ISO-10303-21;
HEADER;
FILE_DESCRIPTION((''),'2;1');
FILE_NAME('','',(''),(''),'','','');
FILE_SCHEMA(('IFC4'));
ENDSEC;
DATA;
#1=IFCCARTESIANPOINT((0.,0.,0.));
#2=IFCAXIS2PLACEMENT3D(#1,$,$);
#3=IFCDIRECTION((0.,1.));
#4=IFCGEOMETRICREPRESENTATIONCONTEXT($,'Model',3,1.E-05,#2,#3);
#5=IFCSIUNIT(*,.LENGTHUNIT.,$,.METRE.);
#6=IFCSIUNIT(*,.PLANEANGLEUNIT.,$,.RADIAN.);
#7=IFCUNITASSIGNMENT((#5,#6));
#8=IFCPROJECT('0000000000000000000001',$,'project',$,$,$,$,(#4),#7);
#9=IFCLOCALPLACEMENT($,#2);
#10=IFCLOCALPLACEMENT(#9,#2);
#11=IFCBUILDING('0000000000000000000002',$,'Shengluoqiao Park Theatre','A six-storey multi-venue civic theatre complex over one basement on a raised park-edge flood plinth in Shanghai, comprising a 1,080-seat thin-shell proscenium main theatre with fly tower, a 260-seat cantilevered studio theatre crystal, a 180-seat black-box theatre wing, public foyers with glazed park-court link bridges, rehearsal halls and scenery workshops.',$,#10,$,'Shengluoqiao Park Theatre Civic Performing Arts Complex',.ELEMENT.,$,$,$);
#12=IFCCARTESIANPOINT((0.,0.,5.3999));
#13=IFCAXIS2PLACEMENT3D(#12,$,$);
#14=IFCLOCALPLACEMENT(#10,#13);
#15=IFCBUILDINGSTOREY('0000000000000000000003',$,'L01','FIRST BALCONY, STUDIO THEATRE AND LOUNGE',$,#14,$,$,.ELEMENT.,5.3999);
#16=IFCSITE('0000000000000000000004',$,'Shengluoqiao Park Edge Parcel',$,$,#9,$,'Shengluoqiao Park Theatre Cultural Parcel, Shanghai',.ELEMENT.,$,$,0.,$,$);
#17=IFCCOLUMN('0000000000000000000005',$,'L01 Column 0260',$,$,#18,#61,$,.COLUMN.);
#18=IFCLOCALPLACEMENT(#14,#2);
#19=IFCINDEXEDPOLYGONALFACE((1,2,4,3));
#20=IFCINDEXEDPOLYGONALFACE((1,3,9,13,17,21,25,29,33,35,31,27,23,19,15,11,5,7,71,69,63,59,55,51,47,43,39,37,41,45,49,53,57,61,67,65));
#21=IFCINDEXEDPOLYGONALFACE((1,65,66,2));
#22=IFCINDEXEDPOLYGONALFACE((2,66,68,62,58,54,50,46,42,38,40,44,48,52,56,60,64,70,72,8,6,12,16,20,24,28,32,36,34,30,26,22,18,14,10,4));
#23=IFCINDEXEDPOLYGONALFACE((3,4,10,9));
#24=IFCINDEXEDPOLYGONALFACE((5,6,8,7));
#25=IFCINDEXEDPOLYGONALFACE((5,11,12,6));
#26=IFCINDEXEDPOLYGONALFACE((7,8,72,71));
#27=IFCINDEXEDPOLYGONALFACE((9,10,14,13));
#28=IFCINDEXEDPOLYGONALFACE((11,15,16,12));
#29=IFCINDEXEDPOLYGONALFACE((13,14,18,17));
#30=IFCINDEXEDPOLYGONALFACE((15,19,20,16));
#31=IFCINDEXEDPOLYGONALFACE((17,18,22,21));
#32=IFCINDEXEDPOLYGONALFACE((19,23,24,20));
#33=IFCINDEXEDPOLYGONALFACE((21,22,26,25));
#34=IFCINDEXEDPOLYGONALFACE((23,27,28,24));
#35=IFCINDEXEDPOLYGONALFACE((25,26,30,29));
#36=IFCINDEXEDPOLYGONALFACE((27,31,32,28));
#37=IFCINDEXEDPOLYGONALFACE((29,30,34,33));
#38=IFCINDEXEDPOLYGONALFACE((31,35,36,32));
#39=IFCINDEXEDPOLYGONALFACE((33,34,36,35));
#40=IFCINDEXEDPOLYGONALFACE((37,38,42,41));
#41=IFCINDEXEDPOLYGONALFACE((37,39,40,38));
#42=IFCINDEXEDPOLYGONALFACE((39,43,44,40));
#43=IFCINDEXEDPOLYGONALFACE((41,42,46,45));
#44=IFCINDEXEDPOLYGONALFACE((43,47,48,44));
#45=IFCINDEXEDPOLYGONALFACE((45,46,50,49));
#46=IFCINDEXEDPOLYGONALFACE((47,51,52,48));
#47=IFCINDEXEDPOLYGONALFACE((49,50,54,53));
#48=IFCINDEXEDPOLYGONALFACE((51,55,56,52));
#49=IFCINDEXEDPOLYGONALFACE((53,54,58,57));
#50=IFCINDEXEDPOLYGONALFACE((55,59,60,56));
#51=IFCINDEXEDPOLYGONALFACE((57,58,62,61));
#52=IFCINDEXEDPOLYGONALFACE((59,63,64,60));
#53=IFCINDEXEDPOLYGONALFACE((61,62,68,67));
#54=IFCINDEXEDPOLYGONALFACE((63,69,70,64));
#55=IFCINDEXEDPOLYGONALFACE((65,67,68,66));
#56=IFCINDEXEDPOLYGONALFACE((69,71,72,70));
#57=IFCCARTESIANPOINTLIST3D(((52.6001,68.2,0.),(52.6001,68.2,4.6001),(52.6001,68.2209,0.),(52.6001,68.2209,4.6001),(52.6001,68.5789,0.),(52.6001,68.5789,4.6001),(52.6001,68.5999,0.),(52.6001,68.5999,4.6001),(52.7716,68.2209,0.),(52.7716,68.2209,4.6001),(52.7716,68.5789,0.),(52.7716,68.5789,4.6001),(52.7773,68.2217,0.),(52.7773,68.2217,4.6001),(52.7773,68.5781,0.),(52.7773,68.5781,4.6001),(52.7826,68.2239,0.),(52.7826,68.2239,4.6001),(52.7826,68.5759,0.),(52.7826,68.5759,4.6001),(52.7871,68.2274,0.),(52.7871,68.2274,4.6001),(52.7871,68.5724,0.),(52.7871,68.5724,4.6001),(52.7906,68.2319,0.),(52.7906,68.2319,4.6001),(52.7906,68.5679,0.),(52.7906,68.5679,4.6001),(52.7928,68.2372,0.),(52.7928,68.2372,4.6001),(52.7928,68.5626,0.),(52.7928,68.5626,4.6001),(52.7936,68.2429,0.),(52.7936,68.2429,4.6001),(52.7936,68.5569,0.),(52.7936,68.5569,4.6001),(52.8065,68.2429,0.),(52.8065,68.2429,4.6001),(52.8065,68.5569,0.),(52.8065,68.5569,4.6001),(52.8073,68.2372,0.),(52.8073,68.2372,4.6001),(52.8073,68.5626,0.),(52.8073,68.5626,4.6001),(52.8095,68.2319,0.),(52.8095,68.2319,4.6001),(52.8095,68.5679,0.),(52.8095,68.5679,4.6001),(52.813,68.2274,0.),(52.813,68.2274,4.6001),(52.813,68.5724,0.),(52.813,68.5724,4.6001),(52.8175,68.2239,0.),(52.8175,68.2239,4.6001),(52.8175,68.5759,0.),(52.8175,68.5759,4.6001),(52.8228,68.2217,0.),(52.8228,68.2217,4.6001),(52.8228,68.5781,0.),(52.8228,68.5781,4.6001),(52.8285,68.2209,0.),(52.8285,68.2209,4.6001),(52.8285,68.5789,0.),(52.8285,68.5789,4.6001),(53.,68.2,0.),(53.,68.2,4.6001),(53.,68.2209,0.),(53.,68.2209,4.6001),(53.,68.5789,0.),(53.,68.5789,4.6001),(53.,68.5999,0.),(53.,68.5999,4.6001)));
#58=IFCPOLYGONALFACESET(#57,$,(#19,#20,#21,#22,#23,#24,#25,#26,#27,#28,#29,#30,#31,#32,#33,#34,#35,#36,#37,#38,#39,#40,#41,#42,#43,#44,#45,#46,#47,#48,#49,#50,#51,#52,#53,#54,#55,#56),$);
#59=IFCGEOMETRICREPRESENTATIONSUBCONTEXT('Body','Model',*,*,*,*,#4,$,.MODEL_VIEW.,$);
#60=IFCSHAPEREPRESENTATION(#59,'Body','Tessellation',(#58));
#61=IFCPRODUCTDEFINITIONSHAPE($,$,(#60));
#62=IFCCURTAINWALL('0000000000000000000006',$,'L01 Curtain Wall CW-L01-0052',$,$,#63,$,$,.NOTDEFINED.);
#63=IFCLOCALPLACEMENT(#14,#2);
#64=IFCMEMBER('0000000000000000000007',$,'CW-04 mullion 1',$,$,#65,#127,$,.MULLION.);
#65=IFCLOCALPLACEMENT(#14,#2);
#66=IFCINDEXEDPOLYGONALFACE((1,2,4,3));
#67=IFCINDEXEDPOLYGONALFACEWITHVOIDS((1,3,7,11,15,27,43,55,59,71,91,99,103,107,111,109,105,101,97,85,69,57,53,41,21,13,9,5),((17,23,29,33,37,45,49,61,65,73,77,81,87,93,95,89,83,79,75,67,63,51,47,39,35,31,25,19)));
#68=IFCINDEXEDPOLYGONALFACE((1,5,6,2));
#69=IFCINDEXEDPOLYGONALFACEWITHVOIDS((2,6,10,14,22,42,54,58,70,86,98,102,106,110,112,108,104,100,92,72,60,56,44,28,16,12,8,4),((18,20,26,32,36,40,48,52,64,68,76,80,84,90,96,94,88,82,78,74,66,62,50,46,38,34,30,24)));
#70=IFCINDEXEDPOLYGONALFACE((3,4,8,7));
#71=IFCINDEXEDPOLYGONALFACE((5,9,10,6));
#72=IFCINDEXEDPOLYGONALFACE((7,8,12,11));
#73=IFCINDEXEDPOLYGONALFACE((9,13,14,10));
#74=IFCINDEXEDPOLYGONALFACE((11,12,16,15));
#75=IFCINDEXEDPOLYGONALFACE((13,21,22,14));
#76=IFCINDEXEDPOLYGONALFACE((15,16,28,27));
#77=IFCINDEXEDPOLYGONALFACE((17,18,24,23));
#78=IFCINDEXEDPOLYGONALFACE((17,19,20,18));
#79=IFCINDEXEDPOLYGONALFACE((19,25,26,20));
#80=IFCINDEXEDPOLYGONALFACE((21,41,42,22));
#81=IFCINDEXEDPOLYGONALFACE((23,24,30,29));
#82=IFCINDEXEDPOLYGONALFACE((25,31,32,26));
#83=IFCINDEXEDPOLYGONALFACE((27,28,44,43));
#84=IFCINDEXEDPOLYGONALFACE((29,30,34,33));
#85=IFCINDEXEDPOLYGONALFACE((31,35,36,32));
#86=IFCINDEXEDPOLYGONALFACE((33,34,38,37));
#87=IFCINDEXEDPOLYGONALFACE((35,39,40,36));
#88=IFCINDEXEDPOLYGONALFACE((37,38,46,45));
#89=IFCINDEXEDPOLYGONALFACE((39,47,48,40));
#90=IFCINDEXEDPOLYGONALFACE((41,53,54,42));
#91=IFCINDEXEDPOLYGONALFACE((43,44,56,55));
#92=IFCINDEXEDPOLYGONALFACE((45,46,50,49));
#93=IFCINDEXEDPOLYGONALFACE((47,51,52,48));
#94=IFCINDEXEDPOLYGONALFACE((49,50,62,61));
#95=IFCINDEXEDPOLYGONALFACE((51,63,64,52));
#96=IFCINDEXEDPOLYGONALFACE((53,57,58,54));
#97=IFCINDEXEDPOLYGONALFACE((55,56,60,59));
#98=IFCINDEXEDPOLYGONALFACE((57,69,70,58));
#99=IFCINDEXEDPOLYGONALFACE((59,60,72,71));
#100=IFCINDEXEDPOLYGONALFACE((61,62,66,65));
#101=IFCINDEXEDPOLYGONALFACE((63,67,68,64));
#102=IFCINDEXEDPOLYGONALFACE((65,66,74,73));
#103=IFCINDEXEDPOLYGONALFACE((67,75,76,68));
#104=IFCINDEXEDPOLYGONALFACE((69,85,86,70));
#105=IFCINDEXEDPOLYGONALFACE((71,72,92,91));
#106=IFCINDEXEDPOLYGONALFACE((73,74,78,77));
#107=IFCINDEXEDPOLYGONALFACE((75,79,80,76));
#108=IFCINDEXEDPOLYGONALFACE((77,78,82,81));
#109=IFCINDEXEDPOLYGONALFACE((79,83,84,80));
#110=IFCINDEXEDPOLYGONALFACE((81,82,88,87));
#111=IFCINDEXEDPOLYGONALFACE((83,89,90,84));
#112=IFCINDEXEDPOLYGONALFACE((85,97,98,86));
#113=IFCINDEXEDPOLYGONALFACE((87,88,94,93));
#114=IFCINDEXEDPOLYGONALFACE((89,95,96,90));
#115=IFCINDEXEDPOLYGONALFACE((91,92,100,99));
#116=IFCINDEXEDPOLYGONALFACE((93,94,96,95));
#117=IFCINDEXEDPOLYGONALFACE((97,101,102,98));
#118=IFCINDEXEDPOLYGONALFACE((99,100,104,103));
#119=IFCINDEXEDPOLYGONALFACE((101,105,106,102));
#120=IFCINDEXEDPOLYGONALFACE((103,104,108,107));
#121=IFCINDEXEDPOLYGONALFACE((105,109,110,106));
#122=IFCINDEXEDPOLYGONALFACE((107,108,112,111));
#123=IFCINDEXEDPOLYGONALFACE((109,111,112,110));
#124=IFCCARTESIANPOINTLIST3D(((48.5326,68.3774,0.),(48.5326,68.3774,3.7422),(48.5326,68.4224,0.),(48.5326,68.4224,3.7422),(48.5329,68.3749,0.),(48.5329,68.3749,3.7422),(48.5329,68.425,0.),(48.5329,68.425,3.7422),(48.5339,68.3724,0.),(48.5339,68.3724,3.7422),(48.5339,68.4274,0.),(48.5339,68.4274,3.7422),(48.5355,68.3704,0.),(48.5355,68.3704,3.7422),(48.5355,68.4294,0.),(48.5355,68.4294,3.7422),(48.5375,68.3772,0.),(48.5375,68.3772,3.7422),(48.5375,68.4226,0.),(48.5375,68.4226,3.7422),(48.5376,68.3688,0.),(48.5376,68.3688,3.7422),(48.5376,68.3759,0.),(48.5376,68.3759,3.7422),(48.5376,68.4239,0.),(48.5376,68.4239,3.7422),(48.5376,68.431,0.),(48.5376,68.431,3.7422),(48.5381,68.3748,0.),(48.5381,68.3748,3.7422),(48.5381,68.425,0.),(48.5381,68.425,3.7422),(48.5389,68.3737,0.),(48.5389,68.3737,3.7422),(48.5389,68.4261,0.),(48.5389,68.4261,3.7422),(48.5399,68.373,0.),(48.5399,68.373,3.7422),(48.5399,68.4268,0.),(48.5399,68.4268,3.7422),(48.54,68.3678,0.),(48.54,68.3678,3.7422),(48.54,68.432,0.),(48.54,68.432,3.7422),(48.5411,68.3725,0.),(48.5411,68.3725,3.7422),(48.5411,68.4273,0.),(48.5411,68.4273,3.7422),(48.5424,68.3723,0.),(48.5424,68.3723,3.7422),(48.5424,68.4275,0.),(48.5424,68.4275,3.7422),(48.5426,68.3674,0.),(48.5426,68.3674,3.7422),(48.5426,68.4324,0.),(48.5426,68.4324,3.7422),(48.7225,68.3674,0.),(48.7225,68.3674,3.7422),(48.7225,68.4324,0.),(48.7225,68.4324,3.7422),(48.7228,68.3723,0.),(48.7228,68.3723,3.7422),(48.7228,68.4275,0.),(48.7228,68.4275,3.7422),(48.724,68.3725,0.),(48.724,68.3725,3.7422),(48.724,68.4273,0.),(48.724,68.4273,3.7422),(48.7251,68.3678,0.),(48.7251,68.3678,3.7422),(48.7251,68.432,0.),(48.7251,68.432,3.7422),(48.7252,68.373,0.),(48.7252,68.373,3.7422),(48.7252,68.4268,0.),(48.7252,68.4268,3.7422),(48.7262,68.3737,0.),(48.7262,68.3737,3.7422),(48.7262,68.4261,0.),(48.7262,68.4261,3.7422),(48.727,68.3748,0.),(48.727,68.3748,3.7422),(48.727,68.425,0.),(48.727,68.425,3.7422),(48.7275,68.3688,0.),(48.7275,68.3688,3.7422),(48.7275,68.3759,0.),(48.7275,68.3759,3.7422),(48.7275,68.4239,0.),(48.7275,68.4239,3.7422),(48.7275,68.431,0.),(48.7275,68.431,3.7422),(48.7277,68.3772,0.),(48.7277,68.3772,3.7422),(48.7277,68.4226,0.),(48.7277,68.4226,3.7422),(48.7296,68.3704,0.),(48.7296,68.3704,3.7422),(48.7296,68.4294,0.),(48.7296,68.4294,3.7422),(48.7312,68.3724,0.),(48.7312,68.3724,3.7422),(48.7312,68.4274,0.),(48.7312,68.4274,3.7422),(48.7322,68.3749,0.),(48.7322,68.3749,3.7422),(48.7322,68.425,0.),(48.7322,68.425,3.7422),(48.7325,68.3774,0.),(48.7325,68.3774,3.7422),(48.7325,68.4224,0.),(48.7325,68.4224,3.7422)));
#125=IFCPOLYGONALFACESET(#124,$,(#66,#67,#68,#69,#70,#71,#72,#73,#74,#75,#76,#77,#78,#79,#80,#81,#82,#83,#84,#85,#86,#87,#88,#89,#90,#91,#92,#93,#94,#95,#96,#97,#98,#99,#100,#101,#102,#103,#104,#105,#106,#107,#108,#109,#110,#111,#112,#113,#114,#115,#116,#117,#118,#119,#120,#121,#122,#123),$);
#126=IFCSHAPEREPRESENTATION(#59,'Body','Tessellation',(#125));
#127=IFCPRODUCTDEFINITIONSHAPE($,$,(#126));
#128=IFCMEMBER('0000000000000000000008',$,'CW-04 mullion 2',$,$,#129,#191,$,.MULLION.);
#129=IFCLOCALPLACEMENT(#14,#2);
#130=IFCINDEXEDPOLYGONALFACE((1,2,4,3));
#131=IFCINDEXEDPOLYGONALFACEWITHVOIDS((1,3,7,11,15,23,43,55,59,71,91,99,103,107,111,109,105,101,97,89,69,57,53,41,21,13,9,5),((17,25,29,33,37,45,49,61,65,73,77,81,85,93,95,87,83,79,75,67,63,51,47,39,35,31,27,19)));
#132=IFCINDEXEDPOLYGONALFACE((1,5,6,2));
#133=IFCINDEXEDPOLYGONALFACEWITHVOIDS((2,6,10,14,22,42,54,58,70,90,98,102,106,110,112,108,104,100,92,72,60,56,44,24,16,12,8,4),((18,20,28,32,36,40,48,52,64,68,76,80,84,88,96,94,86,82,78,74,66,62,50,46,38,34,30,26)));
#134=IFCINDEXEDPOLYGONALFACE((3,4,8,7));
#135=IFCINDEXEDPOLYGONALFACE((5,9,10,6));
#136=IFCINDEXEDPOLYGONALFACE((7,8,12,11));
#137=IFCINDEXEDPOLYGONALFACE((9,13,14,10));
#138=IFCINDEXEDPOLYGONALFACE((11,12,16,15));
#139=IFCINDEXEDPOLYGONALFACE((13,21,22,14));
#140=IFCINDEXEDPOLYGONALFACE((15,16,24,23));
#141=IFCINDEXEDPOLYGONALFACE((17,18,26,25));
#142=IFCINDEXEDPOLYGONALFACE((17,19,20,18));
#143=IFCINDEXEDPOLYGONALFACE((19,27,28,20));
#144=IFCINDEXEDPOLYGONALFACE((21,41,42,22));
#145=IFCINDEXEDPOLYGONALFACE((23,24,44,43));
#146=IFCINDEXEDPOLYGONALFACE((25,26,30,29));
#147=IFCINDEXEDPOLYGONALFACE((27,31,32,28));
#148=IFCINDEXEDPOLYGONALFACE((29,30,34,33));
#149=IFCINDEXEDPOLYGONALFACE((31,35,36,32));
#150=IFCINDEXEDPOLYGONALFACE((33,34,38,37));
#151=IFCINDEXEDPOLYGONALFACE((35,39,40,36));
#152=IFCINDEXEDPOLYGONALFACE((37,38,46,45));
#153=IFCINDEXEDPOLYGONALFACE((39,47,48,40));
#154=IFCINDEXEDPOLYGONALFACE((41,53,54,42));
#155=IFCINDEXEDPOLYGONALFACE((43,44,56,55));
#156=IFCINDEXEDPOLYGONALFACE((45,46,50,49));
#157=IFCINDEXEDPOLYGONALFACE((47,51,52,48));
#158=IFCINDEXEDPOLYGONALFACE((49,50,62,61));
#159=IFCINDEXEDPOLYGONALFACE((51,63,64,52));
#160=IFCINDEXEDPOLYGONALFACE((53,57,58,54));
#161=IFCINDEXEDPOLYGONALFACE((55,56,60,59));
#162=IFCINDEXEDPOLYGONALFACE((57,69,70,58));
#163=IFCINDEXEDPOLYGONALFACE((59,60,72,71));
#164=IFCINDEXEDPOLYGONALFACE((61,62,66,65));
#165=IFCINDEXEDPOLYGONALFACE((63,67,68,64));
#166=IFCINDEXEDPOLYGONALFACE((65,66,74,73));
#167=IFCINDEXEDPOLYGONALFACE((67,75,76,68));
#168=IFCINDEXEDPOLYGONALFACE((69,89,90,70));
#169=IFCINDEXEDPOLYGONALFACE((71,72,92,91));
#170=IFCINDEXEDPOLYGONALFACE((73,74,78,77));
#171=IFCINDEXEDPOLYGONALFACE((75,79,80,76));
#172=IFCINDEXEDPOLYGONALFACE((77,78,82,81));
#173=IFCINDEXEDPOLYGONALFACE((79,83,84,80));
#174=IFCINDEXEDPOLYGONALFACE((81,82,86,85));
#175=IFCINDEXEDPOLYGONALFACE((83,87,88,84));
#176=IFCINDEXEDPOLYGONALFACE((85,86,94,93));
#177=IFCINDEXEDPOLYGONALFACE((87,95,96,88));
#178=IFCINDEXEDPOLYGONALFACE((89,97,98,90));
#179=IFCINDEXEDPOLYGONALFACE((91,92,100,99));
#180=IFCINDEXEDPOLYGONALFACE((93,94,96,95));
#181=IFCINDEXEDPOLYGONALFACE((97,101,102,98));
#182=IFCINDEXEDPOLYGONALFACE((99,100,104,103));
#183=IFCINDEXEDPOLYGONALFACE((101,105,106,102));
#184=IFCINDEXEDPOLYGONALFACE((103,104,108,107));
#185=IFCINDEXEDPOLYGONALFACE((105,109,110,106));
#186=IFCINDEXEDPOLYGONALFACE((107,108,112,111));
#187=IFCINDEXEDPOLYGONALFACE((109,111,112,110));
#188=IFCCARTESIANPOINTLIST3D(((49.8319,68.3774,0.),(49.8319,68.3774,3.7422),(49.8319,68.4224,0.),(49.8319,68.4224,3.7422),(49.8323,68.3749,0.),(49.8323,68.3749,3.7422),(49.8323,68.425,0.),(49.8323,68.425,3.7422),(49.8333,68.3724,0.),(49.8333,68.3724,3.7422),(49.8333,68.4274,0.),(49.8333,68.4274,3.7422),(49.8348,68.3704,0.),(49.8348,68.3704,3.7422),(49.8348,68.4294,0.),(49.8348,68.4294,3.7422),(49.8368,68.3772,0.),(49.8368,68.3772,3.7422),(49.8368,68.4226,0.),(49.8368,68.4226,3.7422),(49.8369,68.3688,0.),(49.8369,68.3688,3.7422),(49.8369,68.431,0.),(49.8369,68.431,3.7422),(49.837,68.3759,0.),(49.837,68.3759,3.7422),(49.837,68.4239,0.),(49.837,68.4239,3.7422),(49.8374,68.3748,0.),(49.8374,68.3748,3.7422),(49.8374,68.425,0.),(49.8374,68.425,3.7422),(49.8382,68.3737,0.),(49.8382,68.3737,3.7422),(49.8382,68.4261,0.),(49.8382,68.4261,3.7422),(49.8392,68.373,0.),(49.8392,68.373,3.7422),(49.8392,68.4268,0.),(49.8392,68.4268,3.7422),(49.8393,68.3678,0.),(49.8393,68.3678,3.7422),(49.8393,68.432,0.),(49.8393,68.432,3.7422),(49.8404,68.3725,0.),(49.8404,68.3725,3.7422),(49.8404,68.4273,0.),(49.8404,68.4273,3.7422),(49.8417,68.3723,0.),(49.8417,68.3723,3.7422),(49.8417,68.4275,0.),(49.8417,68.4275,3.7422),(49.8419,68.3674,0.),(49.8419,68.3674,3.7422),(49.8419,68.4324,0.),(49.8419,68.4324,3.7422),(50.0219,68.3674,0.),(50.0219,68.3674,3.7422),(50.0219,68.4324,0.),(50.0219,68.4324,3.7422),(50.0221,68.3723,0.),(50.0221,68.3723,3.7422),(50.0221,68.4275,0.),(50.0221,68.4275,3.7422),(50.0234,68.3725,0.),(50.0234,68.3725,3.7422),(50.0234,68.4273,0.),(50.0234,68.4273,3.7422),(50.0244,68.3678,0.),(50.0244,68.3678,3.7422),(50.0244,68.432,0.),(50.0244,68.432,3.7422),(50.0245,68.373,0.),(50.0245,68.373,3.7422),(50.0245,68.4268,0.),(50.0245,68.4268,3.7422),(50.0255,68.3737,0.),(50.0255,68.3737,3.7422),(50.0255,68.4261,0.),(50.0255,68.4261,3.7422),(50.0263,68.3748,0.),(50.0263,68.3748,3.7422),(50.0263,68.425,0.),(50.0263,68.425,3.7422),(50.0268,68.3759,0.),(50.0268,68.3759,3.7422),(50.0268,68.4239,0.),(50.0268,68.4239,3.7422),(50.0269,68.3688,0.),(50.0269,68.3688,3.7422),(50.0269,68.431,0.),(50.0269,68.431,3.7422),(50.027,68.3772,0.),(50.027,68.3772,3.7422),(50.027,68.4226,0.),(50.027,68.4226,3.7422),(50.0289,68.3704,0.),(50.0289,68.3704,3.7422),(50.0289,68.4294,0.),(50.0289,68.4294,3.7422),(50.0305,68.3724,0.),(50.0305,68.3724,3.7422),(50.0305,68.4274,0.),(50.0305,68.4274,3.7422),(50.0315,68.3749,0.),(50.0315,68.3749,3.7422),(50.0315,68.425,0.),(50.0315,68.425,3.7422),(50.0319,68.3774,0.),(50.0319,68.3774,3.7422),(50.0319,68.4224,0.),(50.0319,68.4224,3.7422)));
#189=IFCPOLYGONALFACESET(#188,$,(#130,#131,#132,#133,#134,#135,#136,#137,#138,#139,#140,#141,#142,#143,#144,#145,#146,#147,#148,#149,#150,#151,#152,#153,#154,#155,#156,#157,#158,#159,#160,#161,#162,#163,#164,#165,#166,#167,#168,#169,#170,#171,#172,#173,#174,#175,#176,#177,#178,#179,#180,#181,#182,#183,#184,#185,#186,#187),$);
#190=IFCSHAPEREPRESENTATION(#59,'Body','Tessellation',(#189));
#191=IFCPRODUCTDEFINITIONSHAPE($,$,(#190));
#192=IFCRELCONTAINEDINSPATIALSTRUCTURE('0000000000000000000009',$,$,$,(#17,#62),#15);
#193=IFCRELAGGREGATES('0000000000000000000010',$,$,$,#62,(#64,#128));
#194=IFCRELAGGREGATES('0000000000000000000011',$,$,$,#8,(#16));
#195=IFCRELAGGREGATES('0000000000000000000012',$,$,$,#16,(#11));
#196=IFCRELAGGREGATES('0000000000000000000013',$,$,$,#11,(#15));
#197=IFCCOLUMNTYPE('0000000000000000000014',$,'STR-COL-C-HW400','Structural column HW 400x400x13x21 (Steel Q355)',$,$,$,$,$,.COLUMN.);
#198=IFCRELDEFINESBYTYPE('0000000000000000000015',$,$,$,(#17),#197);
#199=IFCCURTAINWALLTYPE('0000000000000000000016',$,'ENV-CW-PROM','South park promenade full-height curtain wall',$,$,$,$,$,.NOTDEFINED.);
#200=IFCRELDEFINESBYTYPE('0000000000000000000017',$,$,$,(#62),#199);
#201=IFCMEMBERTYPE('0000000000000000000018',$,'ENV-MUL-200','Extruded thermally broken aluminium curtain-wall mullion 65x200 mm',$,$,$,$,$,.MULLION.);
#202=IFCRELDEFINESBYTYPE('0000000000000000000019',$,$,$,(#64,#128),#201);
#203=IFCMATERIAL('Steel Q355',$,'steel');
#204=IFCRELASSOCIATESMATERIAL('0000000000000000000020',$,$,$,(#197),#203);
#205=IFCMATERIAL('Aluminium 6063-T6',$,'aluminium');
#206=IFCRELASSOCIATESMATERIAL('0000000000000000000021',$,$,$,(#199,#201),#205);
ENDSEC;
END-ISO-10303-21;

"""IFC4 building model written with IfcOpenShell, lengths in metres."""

from ifc_helpers import new_model, si_unit, direction, frame, origin, origin_2d, place, context, subcontext, project, spatial, hollow_rectangle, i_section, extrude, material, material_profile, profile_set, type_object, element, aggregate, save


model = new_model("IFC4")

# Units and contexts
model_context = context("Model", 3, precision=1e-05, world=origin(), true_north=direction((0.0, 1.0)))
body_context = subcontext(model_context, "Body", "Model", "MODEL_VIEW")
ifc_project = project(units=[si_unit("LENGTHUNIT", "METRE"), si_unit("PLANEANGLEUNIT", "RADIAN")], contexts=[model_context])

# Site, building, storey
site_placement = place(None, origin())
site = spatial("IfcSite", under=ifc_project, at=site_placement, Name="Shengluoqiao Park Edge Parcel", LongName="Shengluoqiao Park Theatre Cultural Parcel, Shanghai", CompositionType="ELEMENT", RefElevation=0.0)
building_placement = place(site_placement, origin())
building = spatial("IfcBuilding", under=site, at=building_placement, Name="Shengluoqiao Park Theatre", Description="A six-storey multi-venue civic theatre complex over one basement on a raised park-edge flood plinth in Shanghai, comprising a 1,080-seat thin-shell proscenium main theatre with fly tower, a 260-seat cantilevered studio theatre crystal, a 180-seat black-box theatre wing, public foyers with glazed park-court link bridges, rehearsal halls and scenery workshops.", LongName="Shengluoqiao Park Theatre Civic Performing Arts Complex", CompositionType="ELEMENT")
storey_placement = place(building_placement, frame((0.0, 0.0, 5.3999)))
storey = spatial("IfcBuildingStorey", under=building, at=storey_placement, Name="L01", Description="FIRST BALCONY, STUDIO THEATRE AND LOUNGE", CompositionType="ELEMENT", Elevation=5.3999)

# Column
ifc_material_1 = material(Name="Steel Q355", Category="steel")
ifc_material_profile_1 = material_profile(ifc_material_1, i_section(OverallWidth=0.3999, OverallDepth=0.3999, WebThickness=0.0129, FlangeThickness=0.021, FilletRadius=0.022, at=origin_2d()), Name="HW 400x400x13x21")
ifc_profile_set_1 = profile_set([ifc_material_profile_1], Name="Steel Q355")
column_type = type_object("IfcColumnType", Name="STR-COL-C-HW400", Description="Structural column HW 400x400x13x21 (Steel Q355)", PredefinedType="COLUMN", material=ifc_profile_set_1)
column_placement = place(storey_placement, frame((52.8, 68.3999, 0.0), z_axis=(0.0, 0.0, 1.0), x_axis=(1.0, 0.0, 0.0)))
element("IfcColumn", 1, at=column_placement, inside=storey, type_object=column_type, Name="L01 Column 0260", PredefinedType="COLUMN", context=body_context, shape_type="SweptSolid", body=[
    extrude(i_section(OverallWidth=0.3999, OverallDepth=0.3999, WebThickness=0.0129, FlangeThickness=0.021, FilletRadius=0.022, at=origin_2d()), origin(), (0.0, 0.0, 1.0), 4.6001),
])

# Curtain wall, members
ifc_material_2 = material(Name="Aluminium 6063-T6", Category="aluminium")
curtain_wall_type = type_object("IfcCurtainWallType", Name="ENV-CW-PROM", Description="South park promenade full-height curtain wall", PredefinedType="NOTDEFINED", material=ifc_material_2)
curtain_wall_1_placement = place(storey_placement, origin())
curtain_wall_1 = element("IfcCurtainWall", 2, at=curtain_wall_1_placement, inside=storey, type_object=curtain_wall_type, Name="L01 Curtain Wall CW-L01-0052", PredefinedType="NOTDEFINED")
ifc_material_profile_2 = material_profile(ifc_material_2, hollow_rectangle(XDim=0.0649, YDim=0.2, WallThickness=0.0049, InnerFilletRadius=0.0049, OuterFilletRadius=0.01, at=origin_2d()), Name="ALU MULLION 200x65x5")
ifc_profile_set_2 = profile_set([ifc_material_profile_2], Name="Aluminium 6063-T6")
member_type_1 = type_object("IfcMemberType", Name="ENV-MUL-200", Description="Extruded thermally broken aluminium curtain-wall mullion 65x200 mm", PredefinedType="MULLION", material=ifc_profile_set_2)
member_1_placement = place(storey_placement, frame((48.6326, 68.3999, 0.0), z_axis=(0.0, 0.0, 1.0), x_axis=(0.0, 1.0, 0.0)))
member_1 = element("IfcMember", 3, at=member_1_placement, type_object=member_type_1, Name="CW-04 mullion 1", PredefinedType="MULLION", context=body_context, shape_type="SweptSolid", body=[
    extrude(hollow_rectangle(XDim=0.0649, YDim=0.2, WallThickness=0.0049, InnerFilletRadius=0.0049, OuterFilletRadius=0.01, at=origin_2d()), origin(), (0.0, 0.0, 1.0), 3.7422),
])
member_2_placement = place(storey_placement, frame((49.9319, 68.3999, 0.0), z_axis=(0.0, 0.0, 1.0), x_axis=(0.0, 1.0, 0.0)))
member_2 = element("IfcMember", 4, at=member_2_placement, type_object=member_type_1, Name="CW-04 mullion 2", PredefinedType="MULLION", context=body_context, shape_type="SweptSolid", body=[
    extrude(hollow_rectangle(XDim=0.0649, YDim=0.2, WallThickness=0.0049, InnerFilletRadius=0.0049, OuterFilletRadius=0.01, at=origin_2d()), origin(), (0.0, 0.0, 1.0), 3.7422),
])

aggregate(curtain_wall_1, [member_1, member_2])

save(model, "model.ifc")
